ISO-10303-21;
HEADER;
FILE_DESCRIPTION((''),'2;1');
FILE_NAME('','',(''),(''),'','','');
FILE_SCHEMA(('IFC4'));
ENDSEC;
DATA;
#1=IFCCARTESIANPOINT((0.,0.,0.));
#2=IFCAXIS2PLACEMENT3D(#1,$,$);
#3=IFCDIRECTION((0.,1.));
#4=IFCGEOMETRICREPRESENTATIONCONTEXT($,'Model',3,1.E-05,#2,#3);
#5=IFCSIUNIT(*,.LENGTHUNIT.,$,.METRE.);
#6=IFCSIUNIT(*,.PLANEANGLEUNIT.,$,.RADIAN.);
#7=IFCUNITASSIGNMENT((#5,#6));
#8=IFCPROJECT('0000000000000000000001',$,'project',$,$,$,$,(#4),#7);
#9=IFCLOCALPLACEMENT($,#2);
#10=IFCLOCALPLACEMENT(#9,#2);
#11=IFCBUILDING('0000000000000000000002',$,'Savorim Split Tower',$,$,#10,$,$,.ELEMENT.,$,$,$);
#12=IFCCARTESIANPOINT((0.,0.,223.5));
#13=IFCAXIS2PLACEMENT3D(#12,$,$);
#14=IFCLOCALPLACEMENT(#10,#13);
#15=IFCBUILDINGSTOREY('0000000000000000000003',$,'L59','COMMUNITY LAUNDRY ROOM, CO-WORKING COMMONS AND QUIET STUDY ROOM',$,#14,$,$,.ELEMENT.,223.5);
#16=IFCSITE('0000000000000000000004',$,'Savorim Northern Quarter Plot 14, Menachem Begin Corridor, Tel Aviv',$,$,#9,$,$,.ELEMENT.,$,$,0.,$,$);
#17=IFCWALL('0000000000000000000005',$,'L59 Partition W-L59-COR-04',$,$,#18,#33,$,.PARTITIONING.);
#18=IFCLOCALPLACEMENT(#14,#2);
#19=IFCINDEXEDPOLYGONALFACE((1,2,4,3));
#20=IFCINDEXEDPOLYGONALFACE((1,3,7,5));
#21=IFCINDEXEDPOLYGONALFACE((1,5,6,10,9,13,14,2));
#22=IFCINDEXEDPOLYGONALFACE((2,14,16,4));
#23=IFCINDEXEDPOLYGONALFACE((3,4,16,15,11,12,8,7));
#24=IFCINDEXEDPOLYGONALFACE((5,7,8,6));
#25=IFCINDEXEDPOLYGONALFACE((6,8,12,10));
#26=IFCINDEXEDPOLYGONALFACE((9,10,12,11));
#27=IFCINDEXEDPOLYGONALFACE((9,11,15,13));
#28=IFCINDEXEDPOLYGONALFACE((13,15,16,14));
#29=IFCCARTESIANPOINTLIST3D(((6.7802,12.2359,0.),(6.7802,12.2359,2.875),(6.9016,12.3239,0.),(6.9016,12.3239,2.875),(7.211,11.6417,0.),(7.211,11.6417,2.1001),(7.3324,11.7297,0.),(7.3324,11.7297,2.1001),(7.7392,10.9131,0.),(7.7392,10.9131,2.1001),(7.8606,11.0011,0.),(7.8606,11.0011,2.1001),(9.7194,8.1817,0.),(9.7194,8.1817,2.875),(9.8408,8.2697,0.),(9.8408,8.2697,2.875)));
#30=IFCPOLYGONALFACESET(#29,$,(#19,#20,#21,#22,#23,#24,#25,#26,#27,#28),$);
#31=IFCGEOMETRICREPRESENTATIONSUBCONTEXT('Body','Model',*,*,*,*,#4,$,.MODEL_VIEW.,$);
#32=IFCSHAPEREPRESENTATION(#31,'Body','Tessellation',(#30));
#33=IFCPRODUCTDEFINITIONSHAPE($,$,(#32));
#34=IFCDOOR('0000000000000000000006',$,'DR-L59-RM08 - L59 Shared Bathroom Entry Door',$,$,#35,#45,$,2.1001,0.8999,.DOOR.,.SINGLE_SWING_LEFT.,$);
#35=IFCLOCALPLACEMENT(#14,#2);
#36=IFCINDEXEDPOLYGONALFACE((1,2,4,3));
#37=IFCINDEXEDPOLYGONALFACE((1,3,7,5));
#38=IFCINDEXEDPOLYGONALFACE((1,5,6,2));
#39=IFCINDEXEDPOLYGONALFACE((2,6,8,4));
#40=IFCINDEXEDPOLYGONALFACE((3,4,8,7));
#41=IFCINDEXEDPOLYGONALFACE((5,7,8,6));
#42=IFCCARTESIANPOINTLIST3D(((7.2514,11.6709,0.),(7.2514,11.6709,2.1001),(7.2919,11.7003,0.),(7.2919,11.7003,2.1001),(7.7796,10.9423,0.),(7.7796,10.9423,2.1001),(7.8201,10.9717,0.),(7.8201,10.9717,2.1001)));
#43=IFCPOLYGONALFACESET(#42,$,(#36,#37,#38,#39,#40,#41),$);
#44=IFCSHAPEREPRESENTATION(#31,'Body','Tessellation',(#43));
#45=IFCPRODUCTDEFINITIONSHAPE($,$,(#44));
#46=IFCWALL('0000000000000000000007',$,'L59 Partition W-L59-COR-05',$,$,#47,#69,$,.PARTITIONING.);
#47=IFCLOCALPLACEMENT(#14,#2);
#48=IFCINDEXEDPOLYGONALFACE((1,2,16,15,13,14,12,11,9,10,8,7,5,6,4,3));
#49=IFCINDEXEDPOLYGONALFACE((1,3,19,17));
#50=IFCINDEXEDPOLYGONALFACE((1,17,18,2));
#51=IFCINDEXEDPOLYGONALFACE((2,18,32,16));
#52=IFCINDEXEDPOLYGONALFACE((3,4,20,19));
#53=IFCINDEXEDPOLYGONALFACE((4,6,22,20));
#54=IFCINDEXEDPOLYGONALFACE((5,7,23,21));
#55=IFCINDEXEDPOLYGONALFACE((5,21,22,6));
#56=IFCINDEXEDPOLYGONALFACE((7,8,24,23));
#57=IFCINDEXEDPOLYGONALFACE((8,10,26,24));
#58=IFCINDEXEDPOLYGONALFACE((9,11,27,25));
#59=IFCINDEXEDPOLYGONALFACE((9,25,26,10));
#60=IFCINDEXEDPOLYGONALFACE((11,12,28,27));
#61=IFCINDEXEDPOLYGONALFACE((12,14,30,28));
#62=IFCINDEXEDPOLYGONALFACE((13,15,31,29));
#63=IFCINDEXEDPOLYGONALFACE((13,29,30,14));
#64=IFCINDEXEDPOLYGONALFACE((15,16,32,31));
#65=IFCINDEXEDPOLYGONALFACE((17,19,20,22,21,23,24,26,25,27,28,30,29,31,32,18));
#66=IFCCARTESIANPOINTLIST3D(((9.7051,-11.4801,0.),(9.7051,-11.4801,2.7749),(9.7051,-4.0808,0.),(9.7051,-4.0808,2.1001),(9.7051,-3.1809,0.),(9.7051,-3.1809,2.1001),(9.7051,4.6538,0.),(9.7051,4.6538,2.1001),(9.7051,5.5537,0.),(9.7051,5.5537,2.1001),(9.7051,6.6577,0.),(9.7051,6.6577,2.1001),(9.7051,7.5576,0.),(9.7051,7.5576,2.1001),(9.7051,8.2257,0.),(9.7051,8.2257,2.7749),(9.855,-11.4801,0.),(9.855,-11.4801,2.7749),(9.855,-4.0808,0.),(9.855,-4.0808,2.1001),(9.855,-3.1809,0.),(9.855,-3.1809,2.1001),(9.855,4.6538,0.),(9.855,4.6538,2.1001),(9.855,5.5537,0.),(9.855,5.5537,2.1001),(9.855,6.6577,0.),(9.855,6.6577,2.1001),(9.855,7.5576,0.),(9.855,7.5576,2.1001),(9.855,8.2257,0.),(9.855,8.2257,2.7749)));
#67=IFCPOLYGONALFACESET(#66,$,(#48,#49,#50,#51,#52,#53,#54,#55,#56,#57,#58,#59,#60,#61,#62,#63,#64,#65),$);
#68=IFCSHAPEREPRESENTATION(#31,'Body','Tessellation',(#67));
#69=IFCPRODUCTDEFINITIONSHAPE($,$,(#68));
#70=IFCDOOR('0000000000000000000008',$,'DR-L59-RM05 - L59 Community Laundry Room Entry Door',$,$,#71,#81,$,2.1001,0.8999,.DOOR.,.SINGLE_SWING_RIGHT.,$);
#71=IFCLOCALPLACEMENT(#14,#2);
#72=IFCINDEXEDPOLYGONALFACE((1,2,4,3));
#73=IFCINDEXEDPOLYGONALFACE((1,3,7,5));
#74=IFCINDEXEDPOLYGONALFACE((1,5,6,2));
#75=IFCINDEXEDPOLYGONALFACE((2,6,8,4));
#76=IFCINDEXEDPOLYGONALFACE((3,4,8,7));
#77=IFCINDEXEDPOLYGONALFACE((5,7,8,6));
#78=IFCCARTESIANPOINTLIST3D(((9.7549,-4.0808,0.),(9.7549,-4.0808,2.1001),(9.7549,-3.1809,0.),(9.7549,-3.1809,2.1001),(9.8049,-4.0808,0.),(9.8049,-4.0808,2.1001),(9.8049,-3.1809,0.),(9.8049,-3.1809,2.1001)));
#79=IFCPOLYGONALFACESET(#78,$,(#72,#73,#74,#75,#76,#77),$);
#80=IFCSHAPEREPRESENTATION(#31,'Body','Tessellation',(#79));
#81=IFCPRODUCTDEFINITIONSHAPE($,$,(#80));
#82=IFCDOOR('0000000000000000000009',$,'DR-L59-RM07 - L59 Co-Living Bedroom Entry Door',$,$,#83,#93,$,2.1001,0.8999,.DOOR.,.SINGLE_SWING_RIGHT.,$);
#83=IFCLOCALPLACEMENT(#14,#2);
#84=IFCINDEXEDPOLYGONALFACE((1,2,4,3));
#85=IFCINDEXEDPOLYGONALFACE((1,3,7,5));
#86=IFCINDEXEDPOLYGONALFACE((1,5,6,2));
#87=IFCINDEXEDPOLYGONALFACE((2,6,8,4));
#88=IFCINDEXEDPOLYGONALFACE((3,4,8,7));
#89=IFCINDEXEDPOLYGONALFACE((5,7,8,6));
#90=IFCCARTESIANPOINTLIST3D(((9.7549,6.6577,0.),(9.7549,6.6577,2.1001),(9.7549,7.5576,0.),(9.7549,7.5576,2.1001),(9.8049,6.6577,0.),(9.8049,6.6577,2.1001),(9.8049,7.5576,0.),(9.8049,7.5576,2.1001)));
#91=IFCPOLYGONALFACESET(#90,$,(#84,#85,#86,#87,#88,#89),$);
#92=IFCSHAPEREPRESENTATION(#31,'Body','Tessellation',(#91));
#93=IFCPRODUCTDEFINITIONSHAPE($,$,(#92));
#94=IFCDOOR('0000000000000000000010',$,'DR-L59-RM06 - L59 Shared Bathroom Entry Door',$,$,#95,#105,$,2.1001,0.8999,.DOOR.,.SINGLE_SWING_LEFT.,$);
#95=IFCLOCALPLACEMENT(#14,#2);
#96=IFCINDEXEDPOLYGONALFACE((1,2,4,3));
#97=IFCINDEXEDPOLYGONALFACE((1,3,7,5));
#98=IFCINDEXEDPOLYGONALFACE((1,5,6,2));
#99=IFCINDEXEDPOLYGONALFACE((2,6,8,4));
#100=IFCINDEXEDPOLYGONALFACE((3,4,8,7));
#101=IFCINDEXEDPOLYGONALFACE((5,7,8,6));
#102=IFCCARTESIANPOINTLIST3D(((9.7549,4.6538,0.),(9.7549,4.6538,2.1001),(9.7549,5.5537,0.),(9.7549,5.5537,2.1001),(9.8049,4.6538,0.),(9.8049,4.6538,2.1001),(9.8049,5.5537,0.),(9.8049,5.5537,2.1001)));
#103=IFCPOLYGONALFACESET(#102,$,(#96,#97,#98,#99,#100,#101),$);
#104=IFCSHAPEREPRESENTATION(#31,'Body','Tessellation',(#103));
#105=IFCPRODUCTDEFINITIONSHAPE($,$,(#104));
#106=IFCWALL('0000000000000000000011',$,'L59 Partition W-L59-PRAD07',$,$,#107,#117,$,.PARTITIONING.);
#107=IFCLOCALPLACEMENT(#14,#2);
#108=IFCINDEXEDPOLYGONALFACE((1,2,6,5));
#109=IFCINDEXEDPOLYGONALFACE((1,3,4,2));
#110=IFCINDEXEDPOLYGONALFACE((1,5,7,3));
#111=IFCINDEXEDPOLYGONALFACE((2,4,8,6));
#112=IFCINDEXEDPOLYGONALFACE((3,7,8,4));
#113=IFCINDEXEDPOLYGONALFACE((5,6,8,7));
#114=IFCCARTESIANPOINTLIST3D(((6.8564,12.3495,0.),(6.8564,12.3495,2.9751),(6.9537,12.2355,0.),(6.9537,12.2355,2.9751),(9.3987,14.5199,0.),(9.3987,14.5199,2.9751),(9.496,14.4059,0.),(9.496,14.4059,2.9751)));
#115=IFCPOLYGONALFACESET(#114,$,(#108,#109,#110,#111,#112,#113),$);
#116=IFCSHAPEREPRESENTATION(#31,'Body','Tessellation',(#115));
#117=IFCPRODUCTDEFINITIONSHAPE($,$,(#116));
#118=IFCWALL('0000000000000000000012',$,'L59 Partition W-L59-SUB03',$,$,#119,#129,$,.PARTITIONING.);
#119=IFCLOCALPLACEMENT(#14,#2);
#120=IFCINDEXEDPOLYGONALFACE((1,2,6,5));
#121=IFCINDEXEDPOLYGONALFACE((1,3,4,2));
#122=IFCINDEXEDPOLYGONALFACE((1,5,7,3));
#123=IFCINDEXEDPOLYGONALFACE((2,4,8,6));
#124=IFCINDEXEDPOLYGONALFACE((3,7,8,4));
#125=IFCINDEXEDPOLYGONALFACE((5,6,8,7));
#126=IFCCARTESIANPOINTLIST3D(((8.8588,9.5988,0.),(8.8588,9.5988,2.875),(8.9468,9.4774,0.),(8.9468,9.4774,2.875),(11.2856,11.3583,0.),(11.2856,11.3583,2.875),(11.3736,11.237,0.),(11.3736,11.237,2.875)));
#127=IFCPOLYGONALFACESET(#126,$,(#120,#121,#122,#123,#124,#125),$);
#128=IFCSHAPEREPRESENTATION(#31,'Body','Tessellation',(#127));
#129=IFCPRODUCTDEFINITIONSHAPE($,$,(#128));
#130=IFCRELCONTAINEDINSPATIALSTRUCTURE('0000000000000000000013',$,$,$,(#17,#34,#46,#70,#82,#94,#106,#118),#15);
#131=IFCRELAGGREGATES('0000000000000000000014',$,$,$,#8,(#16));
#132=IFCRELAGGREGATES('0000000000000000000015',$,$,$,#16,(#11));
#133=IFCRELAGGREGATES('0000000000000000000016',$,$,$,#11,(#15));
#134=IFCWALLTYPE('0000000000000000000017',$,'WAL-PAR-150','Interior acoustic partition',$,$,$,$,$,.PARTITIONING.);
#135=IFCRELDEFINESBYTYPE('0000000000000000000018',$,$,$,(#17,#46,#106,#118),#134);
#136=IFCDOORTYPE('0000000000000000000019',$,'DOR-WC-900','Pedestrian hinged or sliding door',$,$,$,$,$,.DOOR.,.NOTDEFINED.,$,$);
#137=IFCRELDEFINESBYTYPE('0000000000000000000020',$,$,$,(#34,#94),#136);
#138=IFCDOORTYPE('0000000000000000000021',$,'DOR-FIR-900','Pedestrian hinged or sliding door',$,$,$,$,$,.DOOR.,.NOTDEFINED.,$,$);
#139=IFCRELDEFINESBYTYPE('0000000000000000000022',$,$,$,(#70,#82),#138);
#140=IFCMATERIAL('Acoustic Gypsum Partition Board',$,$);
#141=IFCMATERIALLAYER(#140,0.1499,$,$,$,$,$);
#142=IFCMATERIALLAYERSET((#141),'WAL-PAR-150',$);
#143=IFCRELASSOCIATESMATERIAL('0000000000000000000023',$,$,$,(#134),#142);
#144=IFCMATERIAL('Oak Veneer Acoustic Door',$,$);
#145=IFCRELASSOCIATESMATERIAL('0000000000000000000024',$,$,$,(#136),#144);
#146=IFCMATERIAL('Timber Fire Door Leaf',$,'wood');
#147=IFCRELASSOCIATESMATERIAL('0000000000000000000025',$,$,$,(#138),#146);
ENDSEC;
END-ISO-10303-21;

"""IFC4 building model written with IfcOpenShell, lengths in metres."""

from ifc_helpers import new_model, si_unit, direction, frame, frame_2d, origin, place, context, subcontext, project, spatial, rectangle, extrude, material, layer, layer_set, type_object, element, fill, save


model = new_model("IFC4")

# Units and contexts
model_context = context("Model", 3, precision=1e-05, world=origin(), true_north=direction((0.0, 1.0)))
body_context = subcontext(model_context, "Body", "Model", "MODEL_VIEW")
ifc_project = project(units=[si_unit("LENGTHUNIT", "METRE"), si_unit("PLANEANGLEUNIT", "RADIAN")], contexts=[model_context])

# Site, building, storey
site_placement = place(None, origin())
site = spatial("IfcSite", under=ifc_project, at=site_placement, Name="Savorim Northern Quarter Plot 14, Menachem Begin Corridor, Tel Aviv", CompositionType="ELEMENT", RefElevation=0.0)
building_placement = place(site_placement, origin())
building = spatial("IfcBuilding", under=site, at=building_placement, Name="Savorim Split Tower", CompositionType="ELEMENT")
storey_placement = place(building_placement, frame((0.0, 0.0, 223.5)))
storey = spatial("IfcBuildingStorey", under=building, at=storey_placement, Name="L59", Description="COMMUNITY LAUNDRY ROOM, CO-WORKING COMMONS AND QUIET STUDY ROOM", CompositionType="ELEMENT", Elevation=223.5)

# Shared definitions
ifc_material_1 = material(Name="Timber Fire Door Leaf", Category="wood")

# Wall, opening, door
ifc_material_2 = material(Name="Acoustic Gypsum Partition Board")
ifc_layer_1 = layer(ifc_material_2, 0.1499)
ifc_layer_set_1 = layer_set([ifc_layer_1], Name="WAL-PAR-150")
wall_type_1 = type_object("IfcWallType", Name="WAL-PAR-150", Description="Interior acoustic partition", PredefinedType="PARTITIONING", material=ifc_layer_set_1)
wall_1_placement = place(storey_placement, frame((6.8408, 12.28, 0.0), z_axis=(0.0, 0.0, 1.0), x_axis=(0.586956, -0.809619, 0.0)))
wall_1 = element("IfcWall", 1, at=wall_1_placement, inside=storey, type_object=wall_type_1, Name="L59 Partition W-L59-COR-04", PredefinedType="PARTITIONING", context=body_context, shape_type="SweptSolid", body=[
    extrude(rectangle(XDim=5.0076, YDim=0.1499, at=frame_2d((2.5039, 0.0))), origin(), (0.0, 0.0, 1.0), 2.875),
])
opening_1_placement = place(wall_1_placement, frame((0.7341, 0.0, 0.0)))
opening_1 = element("IfcOpeningElement", 2, at=opening_1_placement, cuts=wall_1, PredefinedType="OPENING", context=body_context, shape_type="SweptSolid", body=[
    extrude(rectangle(XDim=0.8999, YDim=2.1001, at=frame_2d((0.45, 1.05))), frame((0.0, 0.085, 0.0), z_axis=(0.0, -1.0, 0.0), x_axis=(1.0, 0.0, 0.0)), (0.0, 0.0, 1.0), 0.1699),
])
ifc_material_3 = material(Name="Oak Veneer Acoustic Door")
door_type_1 = type_object("IfcDoorType", Name="DOR-WC-900", Description="Pedestrian hinged or sliding door", OperationType="NOTDEFINED", PredefinedType="DOOR", material=ifc_material_3)
door_1_placement = place(opening_1_placement, origin())
door_1 = element("IfcDoor", 3, at=door_1_placement, inside=storey, type_object=door_type_1, Name="DR-L59-RM08 - L59 Shared Bathroom Entry Door", OperationType="SINGLE_SWING_LEFT", OverallHeight=2.1001, OverallWidth=0.8999, PredefinedType="DOOR", context=body_context, shape_type="SweptSolid", body=[
    extrude(rectangle(XDim=0.8999, YDim=2.1001, at=frame_2d((0.45, 1.05))), frame((0.0, 0.0249, 0.0), z_axis=(0.0, -1.0, 0.0), x_axis=(1.0, 0.0, 0.0)), (0.0, 0.0, 1.0), 0.05),
])
fill(opening_1, door_1)

# Wall, openings, doors
wall_2_placement = place(storey_placement, frame((9.78, 8.2258, 0.0), z_axis=(0.0, 0.0, 1.0), x_axis=(0.0, -1.0, 0.0)))
wall_2 = element("IfcWall", 4, at=wall_2_placement, inside=storey, type_object=wall_type_1, Name="L59 Partition W-L59-COR-05", PredefinedType="PARTITIONING", context=body_context, shape_type="SweptSolid", body=[
    extrude(rectangle(XDim=19.7058, YDim=0.1499, at=frame_2d((9.853, 0.0))), origin(), (0.0, 0.0, 1.0), 2.7749),
])
opening_2_placement = place(wall_2_placement, frame((11.4067, 0.0, 0.0)))
opening_2 = element("IfcOpeningElement", 5, at=opening_2_placement, cuts=wall_2, PredefinedType="OPENING", context=body_context, shape_type="SweptSolid", body=[
    extrude(rectangle(XDim=0.8999, YDim=2.1001, at=frame_2d((0.45, 1.05))), frame((0.0, 0.085, 0.0), z_axis=(0.0, -1.0, 0.0), x_axis=(1.0, 0.0, 0.0)), (0.0, 0.0, 1.0), 0.1699),
])
opening_3_placement = place(wall_2_placement, frame((2.6721, 0.0, 0.0)))
opening_3 = element("IfcOpeningElement", 6, at=opening_3_placement, cuts=wall_2, PredefinedType="OPENING", context=body_context, shape_type="SweptSolid", body=[
    extrude(rectangle(XDim=0.8999, YDim=2.1001, at=frame_2d((0.45, 1.05))), frame((0.0, 0.085, 0.0), z_axis=(0.0, -1.0, 0.0), x_axis=(1.0, 0.0, 0.0)), (0.0, 0.0, 1.0), 0.1699),
])
opening_4_placement = place(wall_2_placement, frame((0.6682, 0.0, 0.0)))
opening_4 = element("IfcOpeningElement", 7, at=opening_4_placement, cuts=wall_2, PredefinedType="OPENING", context=body_context, shape_type="SweptSolid", body=[
    extrude(rectangle(XDim=0.8999, YDim=2.1001, at=frame_2d((0.45, 1.05))), frame((0.0, 0.085, 0.0), z_axis=(0.0, -1.0, 0.0), x_axis=(1.0, 0.0, 0.0)), (0.0, 0.0, 1.0), 0.1699),
])
door_type_2 = type_object("IfcDoorType", Name="DOR-FIR-900", Description="Pedestrian hinged or sliding door", OperationType="NOTDEFINED", PredefinedType="DOOR", material=ifc_material_1)
door_2_placement = place(opening_2_placement, origin())
door_2 = element("IfcDoor", 8, at=door_2_placement, inside=storey, type_object=door_type_2, Name="DR-L59-RM05 - L59 Community Laundry Room Entry Door", OperationType="SINGLE_SWING_RIGHT", OverallHeight=2.1001, OverallWidth=0.8999, PredefinedType="DOOR", context=body_context, shape_type="SweptSolid", body=[
    extrude(rectangle(XDim=0.8999, YDim=2.1001, at=frame_2d((0.45, 1.05))), frame((0.0, 0.0249, 0.0), z_axis=(0.0, -1.0, 0.0), x_axis=(1.0, 0.0, 0.0)), (0.0, 0.0, 1.0), 0.05),
])
fill(opening_2, door_2)
door_3_placement = place(opening_4_placement, origin())
door_3 = element("IfcDoor", 9, at=door_3_placement, inside=storey, type_object=door_type_2, Name="DR-L59-RM07 - L59 Co-Living Bedroom Entry Door", OperationType="SINGLE_SWING_RIGHT", OverallHeight=2.1001, OverallWidth=0.8999, PredefinedType="DOOR", context=body_context, shape_type="SweptSolid", body=[
    extrude(rectangle(XDim=0.8999, YDim=2.1001, at=frame_2d((0.45, 1.05))), frame((0.0, 0.0249, 0.0), z_axis=(0.0, -1.0, 0.0), x_axis=(1.0, 0.0, 0.0)), (0.0, 0.0, 1.0), 0.05),
])
fill(opening_4, door_3)
door_4_placement = place(opening_3_placement, origin())
door_4 = element("IfcDoor", 10, at=door_4_placement, inside=storey, type_object=door_type_1, Name="DR-L59-RM06 - L59 Shared Bathroom Entry Door", OperationType="SINGLE_SWING_LEFT", OverallHeight=2.1001, OverallWidth=0.8999, PredefinedType="DOOR", context=body_context, shape_type="SweptSolid", body=[
    extrude(rectangle(XDim=0.8999, YDim=2.1001, at=frame_2d((0.45, 1.05))), frame((0.0, 0.0249, 0.0), z_axis=(0.0, -1.0, 0.0), x_axis=(1.0, 0.0, 0.0)), (0.0, 0.0, 1.0), 0.05),
])
fill(opening_3, door_4)

# Walls
wall_3_placement = place(storey_placement, frame((6.905, 12.2925, 0.0), z_axis=(0.0, 0.0, 1.0), x_axis=(0.760534, 0.649298, 0.0)))
element("IfcWall", 11, at=wall_3_placement, inside=storey, type_object=wall_type_1, Name="L59 Partition W-L59-PRAD07", PredefinedType="PARTITIONING", context=body_context, shape_type="SweptSolid", body=[
    extrude(rectangle(XDim=3.3428, YDim=0.1499, at=frame_2d((1.6714, 0.0))), origin(), (0.0, 0.0, 1.0), 2.9751),
])
wall_4_placement = place(storey_placement, frame((8.9028, 9.5381, 0.0), z_axis=(0.0, 0.0, 1.0), x_axis=(0.809591, 0.586994, 0.0)))
element("IfcWall", 12, at=wall_4_placement, inside=storey, type_object=wall_type_1, Name="L59 Partition W-L59-SUB03", PredefinedType="PARTITIONING", context=body_context, shape_type="SweptSolid", body=[
    extrude(rectangle(XDim=2.9976, YDim=0.1499, at=frame_2d((1.4988, 0.0))), origin(), (0.0, 0.0, 1.0), 2.875),
])

save(model, "model.ifc")
